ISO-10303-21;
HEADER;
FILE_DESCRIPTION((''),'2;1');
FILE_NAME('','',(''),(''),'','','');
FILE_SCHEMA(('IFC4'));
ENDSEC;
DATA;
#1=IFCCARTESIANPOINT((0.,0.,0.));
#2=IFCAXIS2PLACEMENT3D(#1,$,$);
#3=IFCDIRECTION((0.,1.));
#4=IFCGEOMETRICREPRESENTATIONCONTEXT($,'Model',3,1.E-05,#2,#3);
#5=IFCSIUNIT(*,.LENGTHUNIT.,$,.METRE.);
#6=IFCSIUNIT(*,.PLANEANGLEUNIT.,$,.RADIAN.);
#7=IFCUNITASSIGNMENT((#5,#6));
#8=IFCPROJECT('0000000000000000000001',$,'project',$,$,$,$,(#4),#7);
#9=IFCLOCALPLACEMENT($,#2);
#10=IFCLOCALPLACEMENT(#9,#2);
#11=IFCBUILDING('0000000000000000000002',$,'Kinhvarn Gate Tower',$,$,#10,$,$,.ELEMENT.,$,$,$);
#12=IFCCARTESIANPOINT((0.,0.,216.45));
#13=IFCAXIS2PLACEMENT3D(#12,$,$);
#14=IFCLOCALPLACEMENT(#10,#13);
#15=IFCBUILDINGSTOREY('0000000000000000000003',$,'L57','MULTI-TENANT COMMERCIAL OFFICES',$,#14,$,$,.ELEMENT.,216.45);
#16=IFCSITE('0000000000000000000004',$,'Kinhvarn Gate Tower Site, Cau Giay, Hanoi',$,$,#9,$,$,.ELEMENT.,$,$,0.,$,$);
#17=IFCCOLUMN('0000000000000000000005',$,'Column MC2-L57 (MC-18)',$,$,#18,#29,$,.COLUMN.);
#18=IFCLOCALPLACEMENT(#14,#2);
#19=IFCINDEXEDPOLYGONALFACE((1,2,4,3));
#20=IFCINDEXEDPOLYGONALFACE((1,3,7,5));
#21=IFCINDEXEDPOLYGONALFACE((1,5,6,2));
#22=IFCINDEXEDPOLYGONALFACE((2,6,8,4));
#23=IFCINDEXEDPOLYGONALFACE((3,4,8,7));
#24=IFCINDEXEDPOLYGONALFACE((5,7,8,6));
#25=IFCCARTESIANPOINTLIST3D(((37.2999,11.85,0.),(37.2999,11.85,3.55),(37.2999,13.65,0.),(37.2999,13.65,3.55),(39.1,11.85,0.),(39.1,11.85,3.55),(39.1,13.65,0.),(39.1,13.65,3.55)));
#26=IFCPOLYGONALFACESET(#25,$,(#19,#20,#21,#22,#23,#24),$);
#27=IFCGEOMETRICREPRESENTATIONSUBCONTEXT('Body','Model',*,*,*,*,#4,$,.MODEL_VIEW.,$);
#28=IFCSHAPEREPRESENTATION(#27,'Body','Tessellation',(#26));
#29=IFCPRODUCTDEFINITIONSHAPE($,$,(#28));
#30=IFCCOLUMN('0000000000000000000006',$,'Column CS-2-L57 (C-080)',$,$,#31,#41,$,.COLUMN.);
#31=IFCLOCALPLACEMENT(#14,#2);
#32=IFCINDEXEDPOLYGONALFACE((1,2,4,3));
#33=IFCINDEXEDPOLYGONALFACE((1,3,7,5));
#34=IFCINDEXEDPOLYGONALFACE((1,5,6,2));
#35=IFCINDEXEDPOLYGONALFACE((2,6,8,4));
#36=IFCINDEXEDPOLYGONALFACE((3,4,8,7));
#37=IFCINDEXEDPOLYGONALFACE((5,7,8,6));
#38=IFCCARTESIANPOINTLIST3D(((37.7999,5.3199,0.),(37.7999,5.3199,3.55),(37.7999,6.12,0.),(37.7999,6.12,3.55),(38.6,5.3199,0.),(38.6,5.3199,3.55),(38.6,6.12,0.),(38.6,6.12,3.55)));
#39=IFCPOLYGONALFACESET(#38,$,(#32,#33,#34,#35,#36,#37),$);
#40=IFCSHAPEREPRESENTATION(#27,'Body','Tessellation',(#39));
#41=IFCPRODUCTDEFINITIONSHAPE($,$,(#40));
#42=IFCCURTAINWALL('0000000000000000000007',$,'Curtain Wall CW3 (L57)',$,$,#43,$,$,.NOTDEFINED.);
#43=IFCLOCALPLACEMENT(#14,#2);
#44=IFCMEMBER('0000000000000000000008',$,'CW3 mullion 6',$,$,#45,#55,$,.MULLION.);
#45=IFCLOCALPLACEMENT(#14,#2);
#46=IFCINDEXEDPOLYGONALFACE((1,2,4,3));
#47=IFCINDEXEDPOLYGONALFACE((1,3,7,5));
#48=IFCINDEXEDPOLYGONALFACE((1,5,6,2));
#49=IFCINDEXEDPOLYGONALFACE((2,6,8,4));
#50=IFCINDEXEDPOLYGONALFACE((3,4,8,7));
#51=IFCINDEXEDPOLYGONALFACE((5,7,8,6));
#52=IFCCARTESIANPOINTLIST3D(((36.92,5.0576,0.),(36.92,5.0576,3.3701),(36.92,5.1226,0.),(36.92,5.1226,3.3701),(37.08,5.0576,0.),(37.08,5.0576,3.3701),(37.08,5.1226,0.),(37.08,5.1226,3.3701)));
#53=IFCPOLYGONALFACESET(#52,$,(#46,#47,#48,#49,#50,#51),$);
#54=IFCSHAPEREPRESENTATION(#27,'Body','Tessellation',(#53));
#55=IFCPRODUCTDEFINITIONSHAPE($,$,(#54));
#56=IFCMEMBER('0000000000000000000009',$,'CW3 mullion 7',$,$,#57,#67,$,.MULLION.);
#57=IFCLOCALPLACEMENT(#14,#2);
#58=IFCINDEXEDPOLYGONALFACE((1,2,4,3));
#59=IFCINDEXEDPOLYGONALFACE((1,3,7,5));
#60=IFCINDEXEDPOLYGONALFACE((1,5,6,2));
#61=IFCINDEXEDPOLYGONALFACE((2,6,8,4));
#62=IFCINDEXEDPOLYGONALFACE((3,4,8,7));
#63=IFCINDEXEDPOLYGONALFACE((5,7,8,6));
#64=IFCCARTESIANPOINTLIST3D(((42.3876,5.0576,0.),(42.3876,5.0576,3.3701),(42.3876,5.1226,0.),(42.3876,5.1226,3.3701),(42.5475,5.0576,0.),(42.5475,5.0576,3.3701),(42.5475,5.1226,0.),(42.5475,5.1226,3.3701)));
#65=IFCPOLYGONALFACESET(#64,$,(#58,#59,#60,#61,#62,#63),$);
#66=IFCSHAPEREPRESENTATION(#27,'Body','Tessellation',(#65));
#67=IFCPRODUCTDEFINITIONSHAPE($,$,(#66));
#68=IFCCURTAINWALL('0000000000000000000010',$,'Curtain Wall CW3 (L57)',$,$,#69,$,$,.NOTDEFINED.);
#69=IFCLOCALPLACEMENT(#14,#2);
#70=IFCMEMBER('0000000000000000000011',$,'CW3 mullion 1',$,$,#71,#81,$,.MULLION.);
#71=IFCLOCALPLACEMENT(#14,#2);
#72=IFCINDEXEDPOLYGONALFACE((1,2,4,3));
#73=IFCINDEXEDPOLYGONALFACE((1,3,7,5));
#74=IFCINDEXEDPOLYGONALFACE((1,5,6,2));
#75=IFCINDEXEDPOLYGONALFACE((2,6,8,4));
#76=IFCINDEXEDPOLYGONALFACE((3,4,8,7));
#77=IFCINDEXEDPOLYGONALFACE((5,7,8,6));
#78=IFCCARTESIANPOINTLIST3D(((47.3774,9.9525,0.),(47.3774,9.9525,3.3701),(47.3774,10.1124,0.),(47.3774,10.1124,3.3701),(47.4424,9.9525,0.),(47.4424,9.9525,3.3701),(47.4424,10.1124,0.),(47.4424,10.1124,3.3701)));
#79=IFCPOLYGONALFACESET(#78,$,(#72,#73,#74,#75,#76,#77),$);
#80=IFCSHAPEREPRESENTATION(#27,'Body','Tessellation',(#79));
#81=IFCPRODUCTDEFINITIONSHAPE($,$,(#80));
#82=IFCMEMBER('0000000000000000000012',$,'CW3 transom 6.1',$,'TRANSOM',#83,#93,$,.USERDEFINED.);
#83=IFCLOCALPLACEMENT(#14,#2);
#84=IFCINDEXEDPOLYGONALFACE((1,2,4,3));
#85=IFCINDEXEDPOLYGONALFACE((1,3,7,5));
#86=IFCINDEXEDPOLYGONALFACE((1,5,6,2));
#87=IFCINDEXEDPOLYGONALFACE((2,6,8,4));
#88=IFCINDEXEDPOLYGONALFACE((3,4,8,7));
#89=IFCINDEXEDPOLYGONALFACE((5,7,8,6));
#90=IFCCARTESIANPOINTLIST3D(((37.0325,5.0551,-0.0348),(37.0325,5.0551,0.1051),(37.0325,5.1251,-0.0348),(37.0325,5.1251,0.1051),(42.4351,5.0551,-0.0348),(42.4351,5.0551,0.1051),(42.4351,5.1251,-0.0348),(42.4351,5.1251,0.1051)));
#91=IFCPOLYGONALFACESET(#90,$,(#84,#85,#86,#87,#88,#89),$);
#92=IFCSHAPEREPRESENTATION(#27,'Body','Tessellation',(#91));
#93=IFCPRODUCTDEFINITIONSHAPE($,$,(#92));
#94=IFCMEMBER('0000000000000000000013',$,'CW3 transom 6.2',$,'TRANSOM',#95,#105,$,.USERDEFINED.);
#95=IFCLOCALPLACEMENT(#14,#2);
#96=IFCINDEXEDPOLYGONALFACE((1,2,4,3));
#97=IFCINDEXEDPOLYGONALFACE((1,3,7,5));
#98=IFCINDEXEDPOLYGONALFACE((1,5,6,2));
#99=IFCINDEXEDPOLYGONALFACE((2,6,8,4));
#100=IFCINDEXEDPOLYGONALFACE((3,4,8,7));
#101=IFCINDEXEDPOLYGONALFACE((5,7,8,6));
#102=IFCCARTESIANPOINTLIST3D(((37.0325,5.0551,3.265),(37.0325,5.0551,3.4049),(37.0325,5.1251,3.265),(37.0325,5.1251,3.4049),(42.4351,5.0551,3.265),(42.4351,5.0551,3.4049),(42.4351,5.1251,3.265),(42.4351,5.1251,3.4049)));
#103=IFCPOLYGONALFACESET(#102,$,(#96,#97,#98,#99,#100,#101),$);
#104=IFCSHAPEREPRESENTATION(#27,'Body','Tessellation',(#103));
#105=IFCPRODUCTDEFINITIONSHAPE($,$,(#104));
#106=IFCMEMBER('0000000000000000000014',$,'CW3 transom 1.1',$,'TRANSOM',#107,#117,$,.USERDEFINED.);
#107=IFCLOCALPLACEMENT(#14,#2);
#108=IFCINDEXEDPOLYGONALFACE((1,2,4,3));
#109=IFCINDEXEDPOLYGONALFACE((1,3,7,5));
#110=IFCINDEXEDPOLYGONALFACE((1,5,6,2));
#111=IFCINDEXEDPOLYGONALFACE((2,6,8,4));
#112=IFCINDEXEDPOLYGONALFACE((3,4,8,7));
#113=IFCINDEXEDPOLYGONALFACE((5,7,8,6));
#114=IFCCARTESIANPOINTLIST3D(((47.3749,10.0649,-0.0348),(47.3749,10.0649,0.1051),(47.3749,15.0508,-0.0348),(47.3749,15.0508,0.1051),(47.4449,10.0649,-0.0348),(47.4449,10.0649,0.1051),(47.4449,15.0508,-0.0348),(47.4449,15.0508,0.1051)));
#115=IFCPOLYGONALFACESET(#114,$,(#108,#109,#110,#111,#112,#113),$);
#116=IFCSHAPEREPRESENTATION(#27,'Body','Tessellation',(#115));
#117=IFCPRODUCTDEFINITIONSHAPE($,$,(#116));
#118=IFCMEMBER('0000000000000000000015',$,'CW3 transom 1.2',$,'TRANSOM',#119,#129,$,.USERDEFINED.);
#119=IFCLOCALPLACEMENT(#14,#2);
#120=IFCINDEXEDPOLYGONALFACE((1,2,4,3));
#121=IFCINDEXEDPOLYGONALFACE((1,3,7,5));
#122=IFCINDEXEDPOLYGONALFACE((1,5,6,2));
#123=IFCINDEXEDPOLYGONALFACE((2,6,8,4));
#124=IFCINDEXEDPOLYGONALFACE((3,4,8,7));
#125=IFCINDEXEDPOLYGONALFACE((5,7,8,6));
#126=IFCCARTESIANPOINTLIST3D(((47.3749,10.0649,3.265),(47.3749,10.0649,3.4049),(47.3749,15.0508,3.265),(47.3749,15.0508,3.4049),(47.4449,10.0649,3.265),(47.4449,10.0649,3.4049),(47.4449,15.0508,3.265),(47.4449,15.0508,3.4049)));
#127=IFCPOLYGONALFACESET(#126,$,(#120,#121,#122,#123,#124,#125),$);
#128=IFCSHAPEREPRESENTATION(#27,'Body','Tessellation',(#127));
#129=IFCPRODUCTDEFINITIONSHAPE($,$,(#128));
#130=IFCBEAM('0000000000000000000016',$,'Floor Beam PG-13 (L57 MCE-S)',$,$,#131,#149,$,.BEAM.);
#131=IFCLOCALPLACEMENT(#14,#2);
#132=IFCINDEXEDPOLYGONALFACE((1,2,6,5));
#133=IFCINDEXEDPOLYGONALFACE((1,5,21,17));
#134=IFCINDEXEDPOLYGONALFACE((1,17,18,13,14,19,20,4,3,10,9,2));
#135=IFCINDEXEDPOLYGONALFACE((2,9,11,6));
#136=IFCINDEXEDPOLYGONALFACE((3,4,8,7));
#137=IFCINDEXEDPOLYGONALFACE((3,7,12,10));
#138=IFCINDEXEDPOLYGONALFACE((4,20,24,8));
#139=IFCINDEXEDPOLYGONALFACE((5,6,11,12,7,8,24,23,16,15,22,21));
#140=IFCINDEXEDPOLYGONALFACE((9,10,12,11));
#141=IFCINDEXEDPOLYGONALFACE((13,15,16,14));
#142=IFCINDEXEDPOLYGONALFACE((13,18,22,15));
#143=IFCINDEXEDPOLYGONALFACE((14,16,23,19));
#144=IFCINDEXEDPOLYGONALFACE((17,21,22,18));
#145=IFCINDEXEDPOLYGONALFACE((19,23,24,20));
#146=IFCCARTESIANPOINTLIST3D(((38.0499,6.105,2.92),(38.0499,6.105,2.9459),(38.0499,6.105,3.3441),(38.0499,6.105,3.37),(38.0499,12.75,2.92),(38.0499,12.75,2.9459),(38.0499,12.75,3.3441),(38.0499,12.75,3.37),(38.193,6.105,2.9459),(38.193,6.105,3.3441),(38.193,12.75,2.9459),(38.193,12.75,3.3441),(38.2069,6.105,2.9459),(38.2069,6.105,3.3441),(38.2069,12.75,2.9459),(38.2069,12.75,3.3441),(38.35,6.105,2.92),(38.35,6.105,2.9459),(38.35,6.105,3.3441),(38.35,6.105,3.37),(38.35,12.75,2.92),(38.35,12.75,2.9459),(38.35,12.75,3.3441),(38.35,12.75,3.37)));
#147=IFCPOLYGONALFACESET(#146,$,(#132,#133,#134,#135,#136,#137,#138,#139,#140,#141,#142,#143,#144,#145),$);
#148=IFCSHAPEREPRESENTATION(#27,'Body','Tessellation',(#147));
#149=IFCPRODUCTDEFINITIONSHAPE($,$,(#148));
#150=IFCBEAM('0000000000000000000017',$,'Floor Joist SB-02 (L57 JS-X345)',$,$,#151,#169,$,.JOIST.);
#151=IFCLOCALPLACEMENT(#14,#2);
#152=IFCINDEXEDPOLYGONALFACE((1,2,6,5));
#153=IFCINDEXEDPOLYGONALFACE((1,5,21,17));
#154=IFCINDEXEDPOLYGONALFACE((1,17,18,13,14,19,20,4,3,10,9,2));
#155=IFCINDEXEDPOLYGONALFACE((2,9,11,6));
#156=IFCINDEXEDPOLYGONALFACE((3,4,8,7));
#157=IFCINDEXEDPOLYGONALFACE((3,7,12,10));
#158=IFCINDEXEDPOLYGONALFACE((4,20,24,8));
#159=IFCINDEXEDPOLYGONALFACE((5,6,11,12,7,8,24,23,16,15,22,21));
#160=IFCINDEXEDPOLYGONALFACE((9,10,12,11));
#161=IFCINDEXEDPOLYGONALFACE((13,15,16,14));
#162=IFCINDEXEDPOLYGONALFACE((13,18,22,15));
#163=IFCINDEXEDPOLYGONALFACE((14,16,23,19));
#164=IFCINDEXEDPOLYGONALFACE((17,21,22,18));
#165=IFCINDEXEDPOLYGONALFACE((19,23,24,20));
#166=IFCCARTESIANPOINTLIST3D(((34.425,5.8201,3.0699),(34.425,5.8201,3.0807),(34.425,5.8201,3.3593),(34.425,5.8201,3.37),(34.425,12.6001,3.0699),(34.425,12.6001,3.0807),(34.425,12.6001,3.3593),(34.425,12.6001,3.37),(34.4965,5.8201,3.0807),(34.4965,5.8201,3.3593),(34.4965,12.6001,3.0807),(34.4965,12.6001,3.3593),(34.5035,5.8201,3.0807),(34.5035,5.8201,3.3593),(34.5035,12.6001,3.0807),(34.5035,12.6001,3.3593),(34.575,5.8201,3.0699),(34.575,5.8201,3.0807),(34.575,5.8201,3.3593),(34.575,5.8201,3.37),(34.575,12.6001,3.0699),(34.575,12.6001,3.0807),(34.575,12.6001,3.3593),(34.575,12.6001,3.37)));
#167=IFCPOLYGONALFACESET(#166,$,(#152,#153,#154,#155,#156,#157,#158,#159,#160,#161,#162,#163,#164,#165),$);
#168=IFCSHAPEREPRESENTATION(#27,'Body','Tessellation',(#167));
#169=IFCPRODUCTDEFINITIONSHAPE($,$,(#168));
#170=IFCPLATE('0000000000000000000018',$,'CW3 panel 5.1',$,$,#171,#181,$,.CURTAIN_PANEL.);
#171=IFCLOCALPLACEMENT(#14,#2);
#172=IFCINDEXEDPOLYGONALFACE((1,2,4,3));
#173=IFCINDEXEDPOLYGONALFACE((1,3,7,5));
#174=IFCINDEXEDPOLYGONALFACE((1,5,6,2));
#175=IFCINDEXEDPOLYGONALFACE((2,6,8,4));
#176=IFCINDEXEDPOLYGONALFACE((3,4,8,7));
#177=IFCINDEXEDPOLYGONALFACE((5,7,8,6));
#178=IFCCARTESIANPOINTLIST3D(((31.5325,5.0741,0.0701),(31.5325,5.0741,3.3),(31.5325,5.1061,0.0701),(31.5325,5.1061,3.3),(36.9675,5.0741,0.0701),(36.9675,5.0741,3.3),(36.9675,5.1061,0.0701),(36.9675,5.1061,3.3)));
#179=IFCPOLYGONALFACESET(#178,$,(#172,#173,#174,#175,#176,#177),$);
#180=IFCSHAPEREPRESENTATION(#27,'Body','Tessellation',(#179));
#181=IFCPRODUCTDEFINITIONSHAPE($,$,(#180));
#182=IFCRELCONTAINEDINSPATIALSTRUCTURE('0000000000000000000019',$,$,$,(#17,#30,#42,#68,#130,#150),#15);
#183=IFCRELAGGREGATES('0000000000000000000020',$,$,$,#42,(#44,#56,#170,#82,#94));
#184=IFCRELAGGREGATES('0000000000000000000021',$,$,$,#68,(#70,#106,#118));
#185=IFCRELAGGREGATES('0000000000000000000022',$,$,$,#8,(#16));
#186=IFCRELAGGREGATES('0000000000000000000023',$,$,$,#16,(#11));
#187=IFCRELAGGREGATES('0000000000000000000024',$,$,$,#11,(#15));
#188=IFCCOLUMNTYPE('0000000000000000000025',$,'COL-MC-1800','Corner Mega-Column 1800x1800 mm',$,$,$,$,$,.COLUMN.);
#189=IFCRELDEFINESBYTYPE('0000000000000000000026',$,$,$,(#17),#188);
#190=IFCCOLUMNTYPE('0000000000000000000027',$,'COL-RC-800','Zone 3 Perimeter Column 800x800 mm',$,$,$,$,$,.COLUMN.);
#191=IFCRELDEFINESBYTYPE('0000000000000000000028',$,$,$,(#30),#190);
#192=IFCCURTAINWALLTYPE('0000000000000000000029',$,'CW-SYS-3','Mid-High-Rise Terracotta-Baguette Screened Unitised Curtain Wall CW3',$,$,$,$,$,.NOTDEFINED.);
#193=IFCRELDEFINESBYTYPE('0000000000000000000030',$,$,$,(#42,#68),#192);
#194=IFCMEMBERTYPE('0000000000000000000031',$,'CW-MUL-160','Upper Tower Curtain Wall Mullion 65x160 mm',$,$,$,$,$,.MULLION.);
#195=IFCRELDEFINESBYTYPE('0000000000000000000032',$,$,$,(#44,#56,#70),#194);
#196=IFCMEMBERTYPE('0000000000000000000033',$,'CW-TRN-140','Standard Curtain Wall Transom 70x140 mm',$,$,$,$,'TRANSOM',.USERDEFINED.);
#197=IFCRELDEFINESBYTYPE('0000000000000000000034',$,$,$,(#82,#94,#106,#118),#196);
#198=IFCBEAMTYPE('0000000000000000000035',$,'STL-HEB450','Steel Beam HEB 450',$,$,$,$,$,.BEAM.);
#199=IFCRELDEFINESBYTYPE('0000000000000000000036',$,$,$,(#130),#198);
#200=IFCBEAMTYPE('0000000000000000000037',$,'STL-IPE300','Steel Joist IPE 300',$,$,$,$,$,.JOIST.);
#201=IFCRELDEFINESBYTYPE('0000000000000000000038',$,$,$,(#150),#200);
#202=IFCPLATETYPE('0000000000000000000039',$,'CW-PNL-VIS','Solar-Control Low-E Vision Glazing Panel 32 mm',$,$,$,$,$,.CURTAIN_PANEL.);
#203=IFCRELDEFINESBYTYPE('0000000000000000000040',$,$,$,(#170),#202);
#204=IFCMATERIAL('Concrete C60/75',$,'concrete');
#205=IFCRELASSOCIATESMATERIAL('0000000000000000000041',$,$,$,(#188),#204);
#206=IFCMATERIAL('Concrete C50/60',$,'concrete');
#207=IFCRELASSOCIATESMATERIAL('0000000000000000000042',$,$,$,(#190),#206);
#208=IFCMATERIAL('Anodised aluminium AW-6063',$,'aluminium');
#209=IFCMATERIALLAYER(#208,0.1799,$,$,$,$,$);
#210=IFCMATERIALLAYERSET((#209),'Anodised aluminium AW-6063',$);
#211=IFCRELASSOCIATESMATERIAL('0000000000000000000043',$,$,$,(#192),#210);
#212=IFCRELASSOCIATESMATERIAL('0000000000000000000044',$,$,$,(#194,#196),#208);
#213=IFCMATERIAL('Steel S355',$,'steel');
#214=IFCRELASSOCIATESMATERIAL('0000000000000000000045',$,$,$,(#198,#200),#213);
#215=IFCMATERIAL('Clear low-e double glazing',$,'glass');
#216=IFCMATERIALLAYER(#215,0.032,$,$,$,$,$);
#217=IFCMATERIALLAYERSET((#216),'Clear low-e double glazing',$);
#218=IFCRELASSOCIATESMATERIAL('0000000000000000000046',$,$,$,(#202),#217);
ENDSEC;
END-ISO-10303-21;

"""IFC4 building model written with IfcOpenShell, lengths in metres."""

from ifc_helpers import new_model, si_unit, direction, frame, origin, origin_2d, place, context, subcontext, project, spatial, rectangle, i_section, extrude, material, layer, layer_set, material_profile, profile_set, type_object, element, aggregate, save


model = new_model("IFC4")

# Units and contexts
model_context = context("Model", 3, precision=1e-05, world=origin(), true_north=direction((0.0, 1.0)))
body_context = subcontext(model_context, "Body", "Model", "MODEL_VIEW")
ifc_project = project(units=[si_unit("LENGTHUNIT", "METRE"), si_unit("PLANEANGLEUNIT", "RADIAN")], contexts=[model_context])

# Site, building, storey
site_placement = place(None, origin())
site = spatial("IfcSite", under=ifc_project, at=site_placement, Name="Kinhvarn Gate Tower Site, Cau Giay, Hanoi", CompositionType="ELEMENT", RefElevation=0.0)
building_placement = place(site_placement, origin())
building = spatial("IfcBuilding", under=site, at=building_placement, Name="Kinhvarn Gate Tower", CompositionType="ELEMENT")
storey_placement = place(building_placement, frame((0.0, 0.0, 216.45)))
storey = spatial("IfcBuildingStorey", under=building, at=storey_placement, Name="L57", Description="MULTI-TENANT COMMERCIAL OFFICES", CompositionType="ELEMENT", Elevation=216.45)

# Columns
ifc_material_1 = material(Name="Concrete C60/75", Category="concrete")
ifc_material_profile_1 = material_profile(ifc_material_1, rectangle(XDim=1.8, YDim=1.8, at=origin_2d()), Name="RC 1800x1800")
ifc_profile_set_1 = profile_set([ifc_material_profile_1], Name="Concrete C60/75")
column_type_1 = type_object("IfcColumnType", Name="COL-MC-1800", Description="Corner Mega-Column 1800x1800 mm", PredefinedType="COLUMN", material=ifc_profile_set_1)
column_1_placement = place(storey_placement, frame((38.2, 12.75, 0.0), z_axis=(0.0, 0.0, 1.0), x_axis=(1.0, 0.0, 0.0)))
element("IfcColumn", 1, at=column_1_placement, inside=storey, type_object=column_type_1, Name="Column MC2-L57 (MC-18)", PredefinedType="COLUMN", context=body_context, shape_type="SweptSolid", body=[
    extrude(rectangle(XDim=1.8, YDim=1.8, at=origin_2d()), origin(), (0.0, 0.0, 1.0), 3.55),
])
ifc_material_2 = material(Name="Concrete C50/60", Category="concrete")
ifc_material_profile_2 = material_profile(ifc_material_2, rectangle(XDim=0.8, YDim=0.8, at=origin_2d()), Name="RC 800x800")
ifc_profile_set_2 = profile_set([ifc_material_profile_2], Name="Concrete C50/60")
column_type_2 = type_object("IfcColumnType", Name="COL-RC-800", Description="Zone 3 Perimeter Column 800x800 mm", PredefinedType="COLUMN", material=ifc_profile_set_2)
column_2_placement = place(storey_placement, frame((38.2, 5.72, 0.0), z_axis=(0.0, 0.0, 1.0), x_axis=(1.0, 0.0, 0.0)))
element("IfcColumn", 2, at=column_2_placement, inside=storey, type_object=column_type_2, Name="Column CS-2-L57 (C-080)", PredefinedType="COLUMN", context=body_context, shape_type="SweptSolid", body=[
    extrude(rectangle(XDim=0.8, YDim=0.8, at=origin_2d()), origin(), (0.0, 0.0, 1.0), 3.55),
])

# Curtain wall, members
ifc_material_3 = material(Name="Anodised aluminium AW-6063", Category="aluminium")
ifc_layer_1 = layer(ifc_material_3, 0.1799)
ifc_layer_set_1 = layer_set([ifc_layer_1], Name="Anodised aluminium AW-6063")
curtain_wall_type = type_object("IfcCurtainWallType", Name="CW-SYS-3", Description="Mid-High-Rise Terracotta-Baguette Screened Unitised Curtain Wall CW3", PredefinedType="NOTDEFINED", material=ifc_layer_set_1)
curtain_wall_1_placement = place(storey_placement, origin())
curtain_wall_1 = element("IfcCurtainWall", 3, at=curtain_wall_1_placement, inside=storey, type_object=curtain_wall_type, Name="Curtain Wall CW3 (L57)", PredefinedType="NOTDEFINED")
ifc_material_profile_3 = material_profile(ifc_material_3, rectangle(XDim=0.0649, YDim=0.1599, at=origin_2d()), Name="ALU 65x160")
ifc_profile_set_3 = profile_set([ifc_material_profile_3], Name="Anodised aluminium AW-6063")
member_type_1 = type_object("IfcMemberType", Name="CW-MUL-160", Description="Upper Tower Curtain Wall Mullion 65x160 mm", PredefinedType="MULLION", material=ifc_profile_set_3)
member_1_placement = place(storey_placement, frame((37.0, 5.0901, 0.0), z_axis=(0.0, 0.0, 1.0), x_axis=(0.0, 1.0, 0.0)))
member_1 = element("IfcMember", 4, at=member_1_placement, type_object=member_type_1, Name="CW3 mullion 6", PredefinedType="MULLION", context=body_context, shape_type="SweptSolid", body=[
    extrude(rectangle(XDim=0.0649, YDim=0.1599, at=origin_2d()), origin(), (0.0, 0.0, 1.0), 3.3701),
])
member_2_placement = place(storey_placement, frame((42.4675, 5.0901, 0.0), z_axis=(0.0, 0.0, 1.0), x_axis=(0.0, 1.0, 0.0)))
member_2 = element("IfcMember", 5, at=member_2_placement, type_object=member_type_1, Name="CW3 mullion 7", PredefinedType="MULLION", context=body_context, shape_type="SweptSolid", body=[
    extrude(rectangle(XDim=0.0649, YDim=0.1599, at=origin_2d()), origin(), (0.0, 0.0, 1.0), 3.3701),
])

# Curtain wall, member
curtain_wall_2_placement = place(storey_placement, origin())
curtain_wall_2 = element("IfcCurtainWall", 6, at=curtain_wall_2_placement, inside=storey, type_object=curtain_wall_type, Name="Curtain Wall CW3 (L57)", PredefinedType="NOTDEFINED")
member_3_placement = place(storey_placement, frame((47.4099, 10.0325, 0.0), z_axis=(0.0, 0.0, 1.0), x_axis=(-1.0, 0.0, 0.0)))
member_3 = element("IfcMember", 7, at=member_3_placement, type_object=member_type_1, Name="CW3 mullion 1", PredefinedType="MULLION", context=body_context, shape_type="SweptSolid", body=[
    extrude(rectangle(XDim=0.0649, YDim=0.1599, at=origin_2d()), origin(), (0.0, 0.0, 1.0), 3.3701),
])

# Members
ifc_material_profile_4 = material_profile(ifc_material_3, rectangle(XDim=0.0701, YDim=0.1399, at=origin_2d()), Name="ALU 70x140")
ifc_profile_set_4 = profile_set([ifc_material_profile_4], Name="Anodised aluminium AW-6063")
member_type_2 = type_object("IfcMemberType", Name="CW-TRN-140", Description="Standard Curtain Wall Transom 70x140 mm", ElementType="TRANSOM", PredefinedType="USERDEFINED", material=ifc_profile_set_4)
member_4_placement = place(storey_placement, frame((37.0325, 5.0901, 0.0352), z_axis=(1.0, 0.0, 0.0), x_axis=(0.0, 1.0, 0.0)))
member_4 = element("IfcMember", 8, at=member_4_placement, type_object=member_type_2, Name="CW3 transom 6.1", ObjectType="TRANSOM", PredefinedType="USERDEFINED", context=body_context, shape_type="SweptSolid", body=[
    extrude(rectangle(XDim=0.0701, YDim=0.1399, at=origin_2d()), origin(), (0.0, 0.0, 1.0), 5.4026),
])
member_5_placement = place(storey_placement, frame((37.0325, 5.0901, 3.335), z_axis=(1.0, 0.0, 0.0), x_axis=(0.0, 1.0, 0.0)))
member_5 = element("IfcMember", 9, at=member_5_placement, type_object=member_type_2, Name="CW3 transom 6.2", ObjectType="TRANSOM", PredefinedType="USERDEFINED", context=body_context, shape_type="SweptSolid", body=[
    extrude(rectangle(XDim=0.0701, YDim=0.1399, at=origin_2d()), origin(), (0.0, 0.0, 1.0), 5.4026),
])
member_6_placement = place(storey_placement, frame((47.4099, 10.0649, 0.0352), z_axis=(0.0, 1.0, 0.0), x_axis=(-1.0, 0.0, 0.0)))
member_6 = element("IfcMember", 10, at=member_6_placement, type_object=member_type_2, Name="CW3 transom 1.1", ObjectType="TRANSOM", PredefinedType="USERDEFINED", context=body_context, shape_type="SweptSolid", body=[
    extrude(rectangle(XDim=0.0701, YDim=0.1399, at=origin_2d()), origin(), (0.0, 0.0, 1.0), 4.9858),
])
member_7_placement = place(storey_placement, frame((47.4099, 10.0649, 3.335), z_axis=(0.0, 1.0, 0.0), x_axis=(-1.0, 0.0, 0.0)))
member_7 = element("IfcMember", 11, at=member_7_placement, type_object=member_type_2, Name="CW3 transom 1.2", ObjectType="TRANSOM", PredefinedType="USERDEFINED", context=body_context, shape_type="SweptSolid", body=[
    extrude(rectangle(XDim=0.0701, YDim=0.1399, at=origin_2d()), origin(), (0.0, 0.0, 1.0), 4.9858),
])

# Beams
ifc_material_4 = material(Name="Steel S355", Category="steel")
ifc_material_profile_5 = material_profile(ifc_material_4, i_section(OverallWidth=0.3, OverallDepth=0.45, WebThickness=0.0139, FlangeThickness=0.0259, at=origin_2d()), Name="HEB 450")
ifc_profile_set_5 = profile_set([ifc_material_profile_5], Name="Steel S355")
beam_type_1 = type_object("IfcBeamType", Name="STL-HEB450", Description="Steel Beam HEB 450", PredefinedType="BEAM", material=ifc_profile_set_5)
beam_1_placement = place(storey_placement, frame((38.2, 6.105, 3.145), z_axis=(0.0, 1.0, 0.0), x_axis=(-1.0, 0.0, 0.0)))
element("IfcBeam", 12, at=beam_1_placement, inside=storey, type_object=beam_type_1, Name="Floor Beam PG-13 (L57 MCE-S)", PredefinedType="BEAM", context=body_context, shape_type="SweptSolid", body=[
    extrude(i_section(OverallWidth=0.3, OverallDepth=0.45, WebThickness=0.0139, FlangeThickness=0.0259, at=origin_2d()), origin(), (0.0, 0.0, 1.0), 6.645),
])
ifc_material_profile_6 = material_profile(ifc_material_4, i_section(OverallWidth=0.1499, OverallDepth=0.3, WebThickness=0.0071, FlangeThickness=0.0107, at=origin_2d()), Name="IPE 300")
ifc_profile_set_6 = profile_set([ifc_material_profile_6], Name="Steel S355")
beam_type_2 = type_object("IfcBeamType", Name="STL-IPE300", Description="Steel Joist IPE 300", PredefinedType="JOIST", material=ifc_profile_set_6)
beam_2_placement = place(storey_placement, frame((34.5, 5.8201, 3.22), z_axis=(0.0, 1.0, 0.0), x_axis=(-1.0, 0.0, 0.0)))
element("IfcBeam", 13, at=beam_2_placement, inside=storey, type_object=beam_type_2, Name="Floor Joist SB-02 (L57 JS-X345)", PredefinedType="JOIST", context=body_context, shape_type="SweptSolid", body=[
    extrude(i_section(OverallWidth=0.1499, OverallDepth=0.3, WebThickness=0.0071, FlangeThickness=0.0107, at=origin_2d()), origin(), (0.0, 0.0, 1.0), 6.78),
])

# Plate
ifc_material_5 = material(Name="Clear low-e double glazing", Category="glass")
ifc_layer_2 = layer(ifc_material_5, 0.032)
ifc_layer_set_2 = layer_set([ifc_layer_2], Name="Clear low-e double glazing")
plate_type = type_object("IfcPlateType", Name="CW-PNL-VIS", Description="Solar-Control Low-E Vision Glazing Panel 32 mm", PredefinedType="CURTAIN_PANEL", material=ifc_layer_set_2)
plate_1_placement = place(storey_placement, frame((34.25, 5.0901, 0.0701), z_axis=(0.0, 0.0, 1.0), x_axis=(1.0, 0.0, 0.0)))
plate_1 = element("IfcPlate", 14, at=plate_1_placement, type_object=plate_type, Name="CW3 panel 5.1", PredefinedType="CURTAIN_PANEL", context=body_context, shape_type="SweptSolid", body=[
    extrude(rectangle(XDim=5.4351, YDim=0.032, at=origin_2d()), origin(), (0.0, 0.0, 1.0), 3.23),
])
aggregate(curtain_wall_1, [member_1, member_2, plate_1, member_4, member_5])
aggregate(curtain_wall_2, [member_3, member_6, member_7])

save(model, "model.ifc")
